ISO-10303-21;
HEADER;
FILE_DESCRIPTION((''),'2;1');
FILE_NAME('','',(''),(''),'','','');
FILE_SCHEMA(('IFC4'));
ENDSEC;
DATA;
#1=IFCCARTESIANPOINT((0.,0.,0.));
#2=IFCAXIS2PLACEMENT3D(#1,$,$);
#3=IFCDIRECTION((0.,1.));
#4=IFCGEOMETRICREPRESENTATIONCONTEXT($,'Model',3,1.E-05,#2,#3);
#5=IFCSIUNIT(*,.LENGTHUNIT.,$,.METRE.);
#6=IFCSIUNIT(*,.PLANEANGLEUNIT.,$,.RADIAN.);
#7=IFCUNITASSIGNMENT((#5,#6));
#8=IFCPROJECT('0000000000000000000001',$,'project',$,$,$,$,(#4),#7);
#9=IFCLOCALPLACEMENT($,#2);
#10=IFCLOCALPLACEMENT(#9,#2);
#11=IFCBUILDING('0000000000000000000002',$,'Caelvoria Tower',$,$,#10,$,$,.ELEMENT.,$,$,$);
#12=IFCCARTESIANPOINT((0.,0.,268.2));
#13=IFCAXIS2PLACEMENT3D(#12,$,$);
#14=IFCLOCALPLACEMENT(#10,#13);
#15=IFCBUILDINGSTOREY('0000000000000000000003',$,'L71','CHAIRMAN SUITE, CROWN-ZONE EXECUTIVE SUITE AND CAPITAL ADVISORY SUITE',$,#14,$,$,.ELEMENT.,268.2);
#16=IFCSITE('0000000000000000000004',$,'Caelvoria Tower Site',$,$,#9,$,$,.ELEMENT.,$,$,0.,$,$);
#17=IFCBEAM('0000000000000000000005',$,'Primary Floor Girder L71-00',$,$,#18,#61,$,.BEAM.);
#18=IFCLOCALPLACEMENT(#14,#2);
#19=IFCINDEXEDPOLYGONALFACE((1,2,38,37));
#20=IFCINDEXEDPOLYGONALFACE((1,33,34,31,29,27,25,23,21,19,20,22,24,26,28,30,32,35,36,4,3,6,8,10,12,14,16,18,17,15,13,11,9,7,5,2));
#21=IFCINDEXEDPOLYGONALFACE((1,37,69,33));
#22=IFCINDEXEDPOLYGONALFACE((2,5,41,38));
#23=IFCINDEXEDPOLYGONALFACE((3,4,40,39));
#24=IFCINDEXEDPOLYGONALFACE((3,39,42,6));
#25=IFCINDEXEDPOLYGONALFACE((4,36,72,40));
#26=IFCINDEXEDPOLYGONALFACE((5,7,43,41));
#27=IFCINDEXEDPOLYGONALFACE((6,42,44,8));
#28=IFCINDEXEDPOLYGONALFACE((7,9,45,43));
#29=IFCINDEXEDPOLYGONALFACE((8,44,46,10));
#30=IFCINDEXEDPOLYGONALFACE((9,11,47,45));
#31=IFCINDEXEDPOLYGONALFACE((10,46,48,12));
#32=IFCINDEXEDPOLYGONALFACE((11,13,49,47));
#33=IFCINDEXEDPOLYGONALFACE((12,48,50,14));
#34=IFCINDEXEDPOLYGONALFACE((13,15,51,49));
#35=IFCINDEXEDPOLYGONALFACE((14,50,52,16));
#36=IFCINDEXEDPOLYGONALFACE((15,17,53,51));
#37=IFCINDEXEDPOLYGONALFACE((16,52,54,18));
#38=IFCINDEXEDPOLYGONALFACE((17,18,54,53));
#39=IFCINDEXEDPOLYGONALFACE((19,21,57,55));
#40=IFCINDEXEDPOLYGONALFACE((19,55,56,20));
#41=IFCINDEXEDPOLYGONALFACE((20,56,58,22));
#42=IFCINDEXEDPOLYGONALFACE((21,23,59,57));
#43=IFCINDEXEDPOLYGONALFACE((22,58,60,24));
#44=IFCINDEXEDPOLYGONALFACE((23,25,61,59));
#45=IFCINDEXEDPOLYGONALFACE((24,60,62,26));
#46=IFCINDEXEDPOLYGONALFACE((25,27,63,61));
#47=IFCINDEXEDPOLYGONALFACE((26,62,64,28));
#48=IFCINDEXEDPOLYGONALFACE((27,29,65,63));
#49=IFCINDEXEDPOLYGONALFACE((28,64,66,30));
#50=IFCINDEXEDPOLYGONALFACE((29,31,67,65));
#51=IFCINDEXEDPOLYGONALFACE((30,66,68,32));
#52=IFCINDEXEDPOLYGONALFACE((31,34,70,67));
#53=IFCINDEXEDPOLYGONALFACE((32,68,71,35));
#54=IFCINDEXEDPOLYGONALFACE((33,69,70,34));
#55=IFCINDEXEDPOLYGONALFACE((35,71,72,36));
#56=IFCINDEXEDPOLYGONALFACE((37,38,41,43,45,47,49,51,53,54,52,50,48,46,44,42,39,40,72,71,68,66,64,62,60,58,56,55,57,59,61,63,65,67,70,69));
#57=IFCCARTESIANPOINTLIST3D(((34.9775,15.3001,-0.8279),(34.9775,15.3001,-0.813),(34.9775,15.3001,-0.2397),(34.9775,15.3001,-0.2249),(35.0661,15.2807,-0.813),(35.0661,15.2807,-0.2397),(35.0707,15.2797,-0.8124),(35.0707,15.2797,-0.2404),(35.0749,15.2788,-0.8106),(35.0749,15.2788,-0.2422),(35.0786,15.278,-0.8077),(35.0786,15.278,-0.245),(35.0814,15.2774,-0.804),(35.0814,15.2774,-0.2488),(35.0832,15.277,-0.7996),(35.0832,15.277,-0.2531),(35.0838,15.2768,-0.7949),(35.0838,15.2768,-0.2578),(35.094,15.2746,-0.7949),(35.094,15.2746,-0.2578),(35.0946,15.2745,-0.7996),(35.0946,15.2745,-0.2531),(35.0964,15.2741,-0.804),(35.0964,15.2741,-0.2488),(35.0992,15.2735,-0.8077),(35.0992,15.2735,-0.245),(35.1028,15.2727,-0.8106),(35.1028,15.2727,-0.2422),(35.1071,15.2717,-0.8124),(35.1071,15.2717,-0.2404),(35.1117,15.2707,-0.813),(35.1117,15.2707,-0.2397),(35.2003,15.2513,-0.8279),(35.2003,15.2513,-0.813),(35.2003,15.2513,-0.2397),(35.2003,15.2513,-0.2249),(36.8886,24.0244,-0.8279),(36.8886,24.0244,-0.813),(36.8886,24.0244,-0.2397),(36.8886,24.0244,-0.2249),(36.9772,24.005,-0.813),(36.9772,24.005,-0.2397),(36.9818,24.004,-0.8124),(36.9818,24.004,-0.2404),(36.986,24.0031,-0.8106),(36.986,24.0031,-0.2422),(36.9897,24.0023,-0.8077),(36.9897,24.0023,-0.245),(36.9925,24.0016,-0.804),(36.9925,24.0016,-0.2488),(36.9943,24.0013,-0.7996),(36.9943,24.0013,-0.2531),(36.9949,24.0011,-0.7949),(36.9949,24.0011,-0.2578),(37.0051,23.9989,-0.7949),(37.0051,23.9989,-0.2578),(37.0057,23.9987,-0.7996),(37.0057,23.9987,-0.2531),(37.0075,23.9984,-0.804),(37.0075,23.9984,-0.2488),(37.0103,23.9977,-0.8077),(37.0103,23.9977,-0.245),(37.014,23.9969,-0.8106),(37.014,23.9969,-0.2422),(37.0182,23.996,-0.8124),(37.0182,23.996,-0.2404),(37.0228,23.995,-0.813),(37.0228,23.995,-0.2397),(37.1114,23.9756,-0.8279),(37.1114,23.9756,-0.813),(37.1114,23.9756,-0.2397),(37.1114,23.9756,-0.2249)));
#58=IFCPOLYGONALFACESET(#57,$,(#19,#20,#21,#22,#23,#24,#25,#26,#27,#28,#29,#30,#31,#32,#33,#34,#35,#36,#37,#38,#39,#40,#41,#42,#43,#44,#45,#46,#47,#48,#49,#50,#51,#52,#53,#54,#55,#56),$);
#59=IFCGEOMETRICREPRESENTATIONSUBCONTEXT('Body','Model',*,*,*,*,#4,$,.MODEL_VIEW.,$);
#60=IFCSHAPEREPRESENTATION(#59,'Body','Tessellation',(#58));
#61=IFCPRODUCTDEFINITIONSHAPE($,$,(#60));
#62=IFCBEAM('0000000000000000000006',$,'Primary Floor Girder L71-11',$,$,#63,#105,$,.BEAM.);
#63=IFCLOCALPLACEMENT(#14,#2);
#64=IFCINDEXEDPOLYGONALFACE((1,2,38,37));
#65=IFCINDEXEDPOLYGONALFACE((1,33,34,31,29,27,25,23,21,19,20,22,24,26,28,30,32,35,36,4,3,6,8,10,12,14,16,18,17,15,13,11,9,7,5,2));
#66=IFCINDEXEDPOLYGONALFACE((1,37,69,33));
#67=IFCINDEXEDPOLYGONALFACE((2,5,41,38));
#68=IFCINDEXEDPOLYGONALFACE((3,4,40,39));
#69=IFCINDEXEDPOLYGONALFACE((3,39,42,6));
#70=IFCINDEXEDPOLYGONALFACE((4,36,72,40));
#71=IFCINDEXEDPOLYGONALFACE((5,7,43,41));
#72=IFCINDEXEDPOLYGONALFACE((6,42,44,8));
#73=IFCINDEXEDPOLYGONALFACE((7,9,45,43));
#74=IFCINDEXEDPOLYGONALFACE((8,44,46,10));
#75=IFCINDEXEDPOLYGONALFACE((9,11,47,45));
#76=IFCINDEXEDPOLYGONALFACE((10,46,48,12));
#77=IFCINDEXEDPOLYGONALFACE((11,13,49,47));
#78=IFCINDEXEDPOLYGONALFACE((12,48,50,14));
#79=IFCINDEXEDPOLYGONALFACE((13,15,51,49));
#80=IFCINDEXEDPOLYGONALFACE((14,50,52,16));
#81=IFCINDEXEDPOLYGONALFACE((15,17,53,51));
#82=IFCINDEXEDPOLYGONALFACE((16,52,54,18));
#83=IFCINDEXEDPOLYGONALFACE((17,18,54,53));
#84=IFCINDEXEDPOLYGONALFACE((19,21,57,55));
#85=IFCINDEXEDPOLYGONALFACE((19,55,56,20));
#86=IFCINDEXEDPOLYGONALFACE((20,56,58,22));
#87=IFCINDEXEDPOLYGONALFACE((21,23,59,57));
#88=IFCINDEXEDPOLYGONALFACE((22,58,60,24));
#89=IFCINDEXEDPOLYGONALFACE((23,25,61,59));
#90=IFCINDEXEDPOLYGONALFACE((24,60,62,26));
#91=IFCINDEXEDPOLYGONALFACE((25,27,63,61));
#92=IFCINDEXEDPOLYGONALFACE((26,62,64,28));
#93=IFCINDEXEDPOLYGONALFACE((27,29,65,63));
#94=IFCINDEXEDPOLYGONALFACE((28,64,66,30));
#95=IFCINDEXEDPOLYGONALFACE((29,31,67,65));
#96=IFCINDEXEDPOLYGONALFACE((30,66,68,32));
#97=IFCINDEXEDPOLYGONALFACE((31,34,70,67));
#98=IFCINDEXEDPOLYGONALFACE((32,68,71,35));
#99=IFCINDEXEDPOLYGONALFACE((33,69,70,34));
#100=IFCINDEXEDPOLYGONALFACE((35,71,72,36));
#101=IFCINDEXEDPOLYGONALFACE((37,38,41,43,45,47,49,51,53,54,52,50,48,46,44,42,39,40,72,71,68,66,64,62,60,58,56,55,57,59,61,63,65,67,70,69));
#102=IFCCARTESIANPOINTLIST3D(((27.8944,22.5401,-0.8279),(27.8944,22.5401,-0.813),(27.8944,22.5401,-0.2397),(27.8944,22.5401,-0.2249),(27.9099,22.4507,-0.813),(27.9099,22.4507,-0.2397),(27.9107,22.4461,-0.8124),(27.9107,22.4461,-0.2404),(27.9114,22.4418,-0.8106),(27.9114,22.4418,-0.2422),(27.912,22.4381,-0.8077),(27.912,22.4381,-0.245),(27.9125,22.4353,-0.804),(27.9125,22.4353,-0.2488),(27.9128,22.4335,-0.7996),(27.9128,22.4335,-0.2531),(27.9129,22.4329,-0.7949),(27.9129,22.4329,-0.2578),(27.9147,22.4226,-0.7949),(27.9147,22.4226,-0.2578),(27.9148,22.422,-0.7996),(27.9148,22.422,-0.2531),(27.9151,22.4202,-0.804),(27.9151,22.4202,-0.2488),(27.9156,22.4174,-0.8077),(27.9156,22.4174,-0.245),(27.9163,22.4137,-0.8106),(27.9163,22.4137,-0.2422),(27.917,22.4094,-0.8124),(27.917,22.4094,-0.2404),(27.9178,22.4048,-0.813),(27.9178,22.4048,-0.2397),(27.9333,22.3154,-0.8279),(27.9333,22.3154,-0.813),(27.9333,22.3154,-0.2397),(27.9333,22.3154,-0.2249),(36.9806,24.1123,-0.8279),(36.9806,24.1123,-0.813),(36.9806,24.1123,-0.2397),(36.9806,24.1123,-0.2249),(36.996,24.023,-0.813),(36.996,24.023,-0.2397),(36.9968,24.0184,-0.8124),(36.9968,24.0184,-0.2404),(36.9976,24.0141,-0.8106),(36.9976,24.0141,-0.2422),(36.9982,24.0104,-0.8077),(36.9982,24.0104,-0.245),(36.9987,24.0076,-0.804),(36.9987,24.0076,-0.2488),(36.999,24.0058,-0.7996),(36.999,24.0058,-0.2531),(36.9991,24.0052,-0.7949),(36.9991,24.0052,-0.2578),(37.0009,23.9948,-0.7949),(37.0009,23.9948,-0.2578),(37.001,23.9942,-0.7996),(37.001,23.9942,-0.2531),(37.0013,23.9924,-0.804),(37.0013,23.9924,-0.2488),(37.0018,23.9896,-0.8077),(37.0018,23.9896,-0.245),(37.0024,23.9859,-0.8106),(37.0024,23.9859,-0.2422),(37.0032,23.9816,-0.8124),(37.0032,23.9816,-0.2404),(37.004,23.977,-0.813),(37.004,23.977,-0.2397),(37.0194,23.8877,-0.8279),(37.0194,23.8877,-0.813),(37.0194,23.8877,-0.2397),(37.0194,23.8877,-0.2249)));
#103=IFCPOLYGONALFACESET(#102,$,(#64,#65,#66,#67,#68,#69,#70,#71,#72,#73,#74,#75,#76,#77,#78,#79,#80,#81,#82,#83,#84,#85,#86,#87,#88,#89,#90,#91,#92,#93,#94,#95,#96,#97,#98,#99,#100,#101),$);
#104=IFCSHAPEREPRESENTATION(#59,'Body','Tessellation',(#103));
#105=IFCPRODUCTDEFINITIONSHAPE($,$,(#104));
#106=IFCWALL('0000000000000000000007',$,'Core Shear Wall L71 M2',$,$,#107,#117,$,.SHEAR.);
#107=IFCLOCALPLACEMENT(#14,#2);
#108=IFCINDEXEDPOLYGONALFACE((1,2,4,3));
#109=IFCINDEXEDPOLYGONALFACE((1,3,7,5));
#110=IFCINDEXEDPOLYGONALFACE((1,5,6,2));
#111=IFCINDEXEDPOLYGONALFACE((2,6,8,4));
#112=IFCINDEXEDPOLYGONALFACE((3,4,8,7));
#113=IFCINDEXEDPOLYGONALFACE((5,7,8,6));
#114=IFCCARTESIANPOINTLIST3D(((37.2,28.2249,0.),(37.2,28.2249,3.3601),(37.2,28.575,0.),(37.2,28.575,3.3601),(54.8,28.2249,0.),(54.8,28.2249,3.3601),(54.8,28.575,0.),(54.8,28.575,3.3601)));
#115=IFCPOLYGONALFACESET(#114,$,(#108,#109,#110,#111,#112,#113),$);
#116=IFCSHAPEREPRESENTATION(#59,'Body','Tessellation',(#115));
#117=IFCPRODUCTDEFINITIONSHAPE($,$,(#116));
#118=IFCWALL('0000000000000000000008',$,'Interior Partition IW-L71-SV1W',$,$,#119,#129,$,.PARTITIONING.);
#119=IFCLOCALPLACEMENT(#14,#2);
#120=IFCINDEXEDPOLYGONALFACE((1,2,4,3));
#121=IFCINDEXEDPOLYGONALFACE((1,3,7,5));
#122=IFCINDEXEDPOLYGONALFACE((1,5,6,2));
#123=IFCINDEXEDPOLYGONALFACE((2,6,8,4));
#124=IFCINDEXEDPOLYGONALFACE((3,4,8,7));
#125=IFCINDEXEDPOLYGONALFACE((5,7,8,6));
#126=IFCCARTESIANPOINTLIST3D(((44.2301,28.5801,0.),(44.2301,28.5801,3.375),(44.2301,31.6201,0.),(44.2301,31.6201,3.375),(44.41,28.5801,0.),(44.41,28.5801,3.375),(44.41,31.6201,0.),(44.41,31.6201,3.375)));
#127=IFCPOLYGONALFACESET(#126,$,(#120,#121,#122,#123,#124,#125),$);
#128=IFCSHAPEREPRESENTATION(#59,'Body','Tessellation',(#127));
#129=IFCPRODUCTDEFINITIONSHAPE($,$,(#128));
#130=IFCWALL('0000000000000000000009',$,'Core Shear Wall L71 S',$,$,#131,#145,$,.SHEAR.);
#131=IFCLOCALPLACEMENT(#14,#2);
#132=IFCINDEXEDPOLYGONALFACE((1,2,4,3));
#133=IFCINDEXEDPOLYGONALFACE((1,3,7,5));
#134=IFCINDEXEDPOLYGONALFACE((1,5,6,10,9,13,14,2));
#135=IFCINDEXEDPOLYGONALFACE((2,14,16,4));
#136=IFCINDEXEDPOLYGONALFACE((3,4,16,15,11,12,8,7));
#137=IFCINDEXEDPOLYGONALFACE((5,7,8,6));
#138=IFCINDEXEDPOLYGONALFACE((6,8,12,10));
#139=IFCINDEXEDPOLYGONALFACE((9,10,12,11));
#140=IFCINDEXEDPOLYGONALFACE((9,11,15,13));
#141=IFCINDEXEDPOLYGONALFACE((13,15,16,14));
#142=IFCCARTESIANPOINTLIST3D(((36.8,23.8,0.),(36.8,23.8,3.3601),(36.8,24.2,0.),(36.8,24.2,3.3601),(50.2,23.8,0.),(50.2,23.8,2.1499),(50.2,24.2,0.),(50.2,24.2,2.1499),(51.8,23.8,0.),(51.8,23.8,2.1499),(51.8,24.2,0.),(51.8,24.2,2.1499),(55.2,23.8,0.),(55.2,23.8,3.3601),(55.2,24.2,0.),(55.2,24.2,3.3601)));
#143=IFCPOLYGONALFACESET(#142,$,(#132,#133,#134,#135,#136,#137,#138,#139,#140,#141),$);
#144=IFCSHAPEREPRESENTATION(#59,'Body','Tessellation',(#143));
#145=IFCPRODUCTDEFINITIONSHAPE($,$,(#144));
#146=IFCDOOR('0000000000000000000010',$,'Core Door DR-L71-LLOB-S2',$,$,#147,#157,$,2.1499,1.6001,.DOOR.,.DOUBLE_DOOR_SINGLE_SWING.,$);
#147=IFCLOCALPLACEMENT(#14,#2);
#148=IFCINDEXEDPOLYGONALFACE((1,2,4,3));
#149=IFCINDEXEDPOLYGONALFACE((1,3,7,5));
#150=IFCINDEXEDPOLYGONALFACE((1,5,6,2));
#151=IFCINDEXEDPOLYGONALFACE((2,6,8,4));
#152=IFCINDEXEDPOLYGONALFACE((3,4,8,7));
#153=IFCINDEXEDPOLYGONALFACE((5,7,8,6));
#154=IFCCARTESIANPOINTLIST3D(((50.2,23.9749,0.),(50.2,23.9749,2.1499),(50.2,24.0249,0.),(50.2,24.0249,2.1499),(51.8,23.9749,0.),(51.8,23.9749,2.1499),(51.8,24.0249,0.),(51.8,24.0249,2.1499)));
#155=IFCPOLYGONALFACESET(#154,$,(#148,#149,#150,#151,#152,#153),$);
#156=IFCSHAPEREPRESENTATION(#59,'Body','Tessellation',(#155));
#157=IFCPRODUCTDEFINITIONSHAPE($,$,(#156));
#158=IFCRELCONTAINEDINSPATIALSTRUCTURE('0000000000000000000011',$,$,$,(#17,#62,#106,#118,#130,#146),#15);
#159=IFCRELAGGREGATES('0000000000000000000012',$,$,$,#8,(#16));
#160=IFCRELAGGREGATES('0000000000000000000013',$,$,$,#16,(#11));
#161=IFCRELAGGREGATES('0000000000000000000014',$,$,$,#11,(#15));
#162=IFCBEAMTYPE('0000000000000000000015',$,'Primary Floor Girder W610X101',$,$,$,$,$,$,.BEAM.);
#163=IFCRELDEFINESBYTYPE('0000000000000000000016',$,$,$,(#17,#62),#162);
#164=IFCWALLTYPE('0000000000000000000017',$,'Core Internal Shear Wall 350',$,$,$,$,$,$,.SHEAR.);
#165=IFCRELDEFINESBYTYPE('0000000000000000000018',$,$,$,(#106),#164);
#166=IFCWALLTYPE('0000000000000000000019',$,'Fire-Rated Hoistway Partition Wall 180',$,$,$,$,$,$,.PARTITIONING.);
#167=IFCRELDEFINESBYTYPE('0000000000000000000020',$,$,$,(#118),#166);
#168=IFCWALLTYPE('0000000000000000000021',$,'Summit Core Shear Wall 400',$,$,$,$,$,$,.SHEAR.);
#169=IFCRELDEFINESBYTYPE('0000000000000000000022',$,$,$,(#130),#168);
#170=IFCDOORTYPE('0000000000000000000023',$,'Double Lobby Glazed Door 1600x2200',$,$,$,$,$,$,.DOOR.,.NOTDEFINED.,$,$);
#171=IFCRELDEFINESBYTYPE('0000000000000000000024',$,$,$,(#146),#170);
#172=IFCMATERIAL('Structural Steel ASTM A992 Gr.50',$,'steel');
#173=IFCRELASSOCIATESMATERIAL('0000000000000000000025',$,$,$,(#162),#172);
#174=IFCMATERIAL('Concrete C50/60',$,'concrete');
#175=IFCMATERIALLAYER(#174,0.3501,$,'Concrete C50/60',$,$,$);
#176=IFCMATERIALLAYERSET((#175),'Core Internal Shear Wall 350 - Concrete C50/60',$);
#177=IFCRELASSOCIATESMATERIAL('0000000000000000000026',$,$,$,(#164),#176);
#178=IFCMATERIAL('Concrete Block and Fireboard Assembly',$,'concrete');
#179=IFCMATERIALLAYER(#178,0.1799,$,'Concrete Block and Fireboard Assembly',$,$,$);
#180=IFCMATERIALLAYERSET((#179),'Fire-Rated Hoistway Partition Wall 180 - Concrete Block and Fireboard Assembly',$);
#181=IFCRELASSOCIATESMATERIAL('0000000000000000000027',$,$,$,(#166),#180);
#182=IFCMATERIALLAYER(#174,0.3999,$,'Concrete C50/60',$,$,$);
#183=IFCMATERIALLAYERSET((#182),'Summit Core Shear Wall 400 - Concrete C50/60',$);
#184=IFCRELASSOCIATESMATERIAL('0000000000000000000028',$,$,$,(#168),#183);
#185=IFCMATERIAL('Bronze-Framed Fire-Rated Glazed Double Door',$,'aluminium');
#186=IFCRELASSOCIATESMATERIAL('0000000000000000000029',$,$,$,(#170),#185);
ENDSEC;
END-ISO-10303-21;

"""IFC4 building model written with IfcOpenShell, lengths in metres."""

from ifc_helpers import new_model, si_unit, direction, frame, frame_2d, origin, origin_2d, place, context, subcontext, project, spatial, rectangle, i_section, extrude, material, layer, layer_set, material_profile, profile_set, type_object, element, fill, save


model = new_model("IFC4")

# Units and contexts
model_context = context("Model", 3, precision=1e-05, world=origin(), true_north=direction((0.0, 1.0)))
body_context = subcontext(model_context, "Body", "Model", "MODEL_VIEW")
ifc_project = project(units=[si_unit("LENGTHUNIT", "METRE"), si_unit("PLANEANGLEUNIT", "RADIAN")], contexts=[model_context])

# Site, building, storey
site_placement = place(None, origin())
site = spatial("IfcSite", under=ifc_project, at=site_placement, Name="Caelvoria Tower Site", CompositionType="ELEMENT", RefElevation=0.0)
building_placement = place(site_placement, origin())
building = spatial("IfcBuilding", under=site, at=building_placement, Name="Caelvoria Tower", CompositionType="ELEMENT")
storey_placement = place(building_placement, frame((0.0, 0.0, 268.2)))
storey = spatial("IfcBuildingStorey", under=building, at=storey_placement, Name="L71", Description="CHAIRMAN SUITE, CROWN-ZONE EXECUTIVE SUITE AND CAPITAL ADVISORY SUITE", CompositionType="ELEMENT", Elevation=268.2)

# Beams
ifc_material_1 = material(Name="Structural Steel ASTM A992 Gr.50", Category="steel")
ifc_material_profile = material_profile(ifc_material_1, i_section(OverallWidth=0.228, OverallDepth=0.603, WebThickness=0.0105, FlangeThickness=0.0149, FilletRadius=0.0181, at=origin_2d()), Name="Structural Steel ASTM A992 Gr.50")
ifc_profile_set = profile_set([ifc_material_profile], Name="W610X101 - Structural Steel ASTM A992 Gr.50")
beam_type = type_object("IfcBeamType", Name="Primary Floor Girder W610X101", PredefinedType="BEAM", material=ifc_profile_set)
beam_1_placement = place(storey_placement, frame((37.0, 24.0, -0.5264), z_axis=(-0.213983, -0.976837, 0.0), x_axis=(0.976837, -0.213983, 0.0)))
element("IfcBeam", 1, at=beam_1_placement, inside=storey, type_object=beam_type, Name="Primary Floor Girder L71-00", PredefinedType="BEAM", context=body_context, shape_type="SweptSolid", body=[
    extrude(i_section(OverallWidth=0.228, OverallDepth=0.603, WebThickness=0.0105, FlangeThickness=0.0149, FilletRadius=0.0181, at=origin_2d()), origin(), (0.0, 0.0, 1.0), 8.9312),
])
beam_2_placement = place(storey_placement, frame((37.0, 24.0, -0.5264), z_axis=(-0.985357, -0.170505, 0.0), x_axis=(0.170505, -0.985357, 0.0)))
element("IfcBeam", 2, at=beam_2_placement, inside=storey, type_object=beam_type, Name="Primary Floor Girder L71-11", PredefinedType="BEAM", context=body_context, shape_type="SweptSolid", body=[
    extrude(i_section(OverallWidth=0.228, OverallDepth=0.603, WebThickness=0.0105, FlangeThickness=0.0149, FilletRadius=0.0181, at=origin_2d()), origin(), (0.0, 0.0, 1.0), 9.2212),
])

# Wall
ifc_material_2 = material(Name="Concrete C50/60", Category="concrete")
ifc_layer_1 = layer(ifc_material_2, 0.3501, Name="Concrete C50/60")
ifc_layer_set_1 = layer_set([ifc_layer_1], Name="Core Internal Shear Wall 350 - Concrete C50/60")
wall_type_1 = type_object("IfcWallType", Name="Core Internal Shear Wall 350", PredefinedType="SHEAR", material=ifc_layer_set_1)
wall_1_placement = place(storey_placement, frame((37.2, 28.3999, 0.0), z_axis=(0.0, 0.0, 1.0), x_axis=(1.0, 0.0, 0.0)))
element("IfcWall", 3, at=wall_1_placement, inside=storey, type_object=wall_type_1, Name="Core Shear Wall L71 M2", PredefinedType="SHEAR", context=body_context, shape_type="SweptSolid", body=[
    extrude(rectangle(XDim=17.6001, YDim=0.3501, at=frame_2d((8.8, 0.0))), origin(), (0.0, 0.0, 1.0), 3.3601),
])

# Wall
ifc_material_3 = material(Name="Concrete Block and Fireboard Assembly", Category="concrete")
ifc_layer_2 = layer(ifc_material_3, 0.1799, Name="Concrete Block and Fireboard Assembly")
ifc_layer_set_2 = layer_set([ifc_layer_2], Name="Fire-Rated Hoistway Partition Wall 180 - Concrete Block and Fireboard Assembly")
wall_type_2 = type_object("IfcWallType", Name="Fire-Rated Hoistway Partition Wall 180", PredefinedType="PARTITIONING", material=ifc_layer_set_2)
wall_2_placement = place(storey_placement, frame((44.3201, 28.5801, 0.0), z_axis=(0.0, 0.0, 1.0), x_axis=(0.0, 1.0, 0.0)))
element("IfcWall", 4, at=wall_2_placement, inside=storey, type_object=wall_type_2, Name="Interior Partition IW-L71-SV1W", PredefinedType="PARTITIONING", context=body_context, shape_type="SweptSolid", body=[
    extrude(rectangle(XDim=3.04, YDim=0.1799, at=frame_2d((1.52, 0.0))), origin(), (0.0, 0.0, 1.0), 3.375),
])

# Wall, opening, door
ifc_layer_3 = layer(ifc_material_2, 0.3999, Name="Concrete C50/60")
ifc_layer_set_3 = layer_set([ifc_layer_3], Name="Summit Core Shear Wall 400 - Concrete C50/60")
wall_type_3 = type_object("IfcWallType", Name="Summit Core Shear Wall 400", PredefinedType="SHEAR", material=ifc_layer_set_3)
wall_3_placement = place(storey_placement, frame((36.8, 24.0, 0.0), z_axis=(0.0, 0.0, 1.0), x_axis=(1.0, 0.0, 0.0)))
wall_3 = element("IfcWall", 5, at=wall_3_placement, inside=storey, type_object=wall_type_3, Name="Core Shear Wall L71 S", PredefinedType="SHEAR", context=body_context, shape_type="SweptSolid", body=[
    extrude(rectangle(XDim=18.3999, YDim=0.3999, at=frame_2d((9.2, 0.0))), origin(), (0.0, 0.0, 1.0), 3.3601),
])
opening_1_placement = place(wall_3_placement, frame((13.3999, 0.0, 0.0)))
opening_1 = element("IfcOpeningElement", 6, at=opening_1_placement, cuts=wall_3, PredefinedType="OPENING", context=body_context, shape_type="SweptSolid", body=[
    extrude(rectangle(XDim=1.6001, YDim=2.1499, at=frame_2d((0.8, 1.075))), frame((0.0, 0.21, 0.0), z_axis=(0.0, -1.0, 0.0), x_axis=(1.0, 0.0, 0.0)), (0.0, 0.0, 1.0), 0.4199),
])
ifc_material_4 = material(Name="Bronze-Framed Fire-Rated Glazed Double Door", Category="aluminium")
door_type_1 = type_object("IfcDoorType", Name="Double Lobby Glazed Door 1600x2200", OperationType="NOTDEFINED", PredefinedType="DOOR", material=ifc_material_4)
door_1_placement = place(opening_1_placement, origin())
door_1 = element("IfcDoor", 7, at=door_1_placement, inside=storey, type_object=door_type_1, Name="Core Door DR-L71-LLOB-S2", OperationType="DOUBLE_DOOR_SINGLE_SWING", OverallHeight=2.1499, OverallWidth=1.6001, PredefinedType="DOOR", context=body_context, shape_type="SweptSolid", body=[
    extrude(rectangle(XDim=1.6001, YDim=2.1499, at=frame_2d((0.8, 1.075))), frame((0.0, 0.0249, 0.0), z_axis=(0.0, -1.0, 0.0), x_axis=(1.0, 0.0, 0.0)), (0.0, 0.0, 1.0), 0.05),
])
fill(opening_1, door_1)

save(model, "model.ifc")
